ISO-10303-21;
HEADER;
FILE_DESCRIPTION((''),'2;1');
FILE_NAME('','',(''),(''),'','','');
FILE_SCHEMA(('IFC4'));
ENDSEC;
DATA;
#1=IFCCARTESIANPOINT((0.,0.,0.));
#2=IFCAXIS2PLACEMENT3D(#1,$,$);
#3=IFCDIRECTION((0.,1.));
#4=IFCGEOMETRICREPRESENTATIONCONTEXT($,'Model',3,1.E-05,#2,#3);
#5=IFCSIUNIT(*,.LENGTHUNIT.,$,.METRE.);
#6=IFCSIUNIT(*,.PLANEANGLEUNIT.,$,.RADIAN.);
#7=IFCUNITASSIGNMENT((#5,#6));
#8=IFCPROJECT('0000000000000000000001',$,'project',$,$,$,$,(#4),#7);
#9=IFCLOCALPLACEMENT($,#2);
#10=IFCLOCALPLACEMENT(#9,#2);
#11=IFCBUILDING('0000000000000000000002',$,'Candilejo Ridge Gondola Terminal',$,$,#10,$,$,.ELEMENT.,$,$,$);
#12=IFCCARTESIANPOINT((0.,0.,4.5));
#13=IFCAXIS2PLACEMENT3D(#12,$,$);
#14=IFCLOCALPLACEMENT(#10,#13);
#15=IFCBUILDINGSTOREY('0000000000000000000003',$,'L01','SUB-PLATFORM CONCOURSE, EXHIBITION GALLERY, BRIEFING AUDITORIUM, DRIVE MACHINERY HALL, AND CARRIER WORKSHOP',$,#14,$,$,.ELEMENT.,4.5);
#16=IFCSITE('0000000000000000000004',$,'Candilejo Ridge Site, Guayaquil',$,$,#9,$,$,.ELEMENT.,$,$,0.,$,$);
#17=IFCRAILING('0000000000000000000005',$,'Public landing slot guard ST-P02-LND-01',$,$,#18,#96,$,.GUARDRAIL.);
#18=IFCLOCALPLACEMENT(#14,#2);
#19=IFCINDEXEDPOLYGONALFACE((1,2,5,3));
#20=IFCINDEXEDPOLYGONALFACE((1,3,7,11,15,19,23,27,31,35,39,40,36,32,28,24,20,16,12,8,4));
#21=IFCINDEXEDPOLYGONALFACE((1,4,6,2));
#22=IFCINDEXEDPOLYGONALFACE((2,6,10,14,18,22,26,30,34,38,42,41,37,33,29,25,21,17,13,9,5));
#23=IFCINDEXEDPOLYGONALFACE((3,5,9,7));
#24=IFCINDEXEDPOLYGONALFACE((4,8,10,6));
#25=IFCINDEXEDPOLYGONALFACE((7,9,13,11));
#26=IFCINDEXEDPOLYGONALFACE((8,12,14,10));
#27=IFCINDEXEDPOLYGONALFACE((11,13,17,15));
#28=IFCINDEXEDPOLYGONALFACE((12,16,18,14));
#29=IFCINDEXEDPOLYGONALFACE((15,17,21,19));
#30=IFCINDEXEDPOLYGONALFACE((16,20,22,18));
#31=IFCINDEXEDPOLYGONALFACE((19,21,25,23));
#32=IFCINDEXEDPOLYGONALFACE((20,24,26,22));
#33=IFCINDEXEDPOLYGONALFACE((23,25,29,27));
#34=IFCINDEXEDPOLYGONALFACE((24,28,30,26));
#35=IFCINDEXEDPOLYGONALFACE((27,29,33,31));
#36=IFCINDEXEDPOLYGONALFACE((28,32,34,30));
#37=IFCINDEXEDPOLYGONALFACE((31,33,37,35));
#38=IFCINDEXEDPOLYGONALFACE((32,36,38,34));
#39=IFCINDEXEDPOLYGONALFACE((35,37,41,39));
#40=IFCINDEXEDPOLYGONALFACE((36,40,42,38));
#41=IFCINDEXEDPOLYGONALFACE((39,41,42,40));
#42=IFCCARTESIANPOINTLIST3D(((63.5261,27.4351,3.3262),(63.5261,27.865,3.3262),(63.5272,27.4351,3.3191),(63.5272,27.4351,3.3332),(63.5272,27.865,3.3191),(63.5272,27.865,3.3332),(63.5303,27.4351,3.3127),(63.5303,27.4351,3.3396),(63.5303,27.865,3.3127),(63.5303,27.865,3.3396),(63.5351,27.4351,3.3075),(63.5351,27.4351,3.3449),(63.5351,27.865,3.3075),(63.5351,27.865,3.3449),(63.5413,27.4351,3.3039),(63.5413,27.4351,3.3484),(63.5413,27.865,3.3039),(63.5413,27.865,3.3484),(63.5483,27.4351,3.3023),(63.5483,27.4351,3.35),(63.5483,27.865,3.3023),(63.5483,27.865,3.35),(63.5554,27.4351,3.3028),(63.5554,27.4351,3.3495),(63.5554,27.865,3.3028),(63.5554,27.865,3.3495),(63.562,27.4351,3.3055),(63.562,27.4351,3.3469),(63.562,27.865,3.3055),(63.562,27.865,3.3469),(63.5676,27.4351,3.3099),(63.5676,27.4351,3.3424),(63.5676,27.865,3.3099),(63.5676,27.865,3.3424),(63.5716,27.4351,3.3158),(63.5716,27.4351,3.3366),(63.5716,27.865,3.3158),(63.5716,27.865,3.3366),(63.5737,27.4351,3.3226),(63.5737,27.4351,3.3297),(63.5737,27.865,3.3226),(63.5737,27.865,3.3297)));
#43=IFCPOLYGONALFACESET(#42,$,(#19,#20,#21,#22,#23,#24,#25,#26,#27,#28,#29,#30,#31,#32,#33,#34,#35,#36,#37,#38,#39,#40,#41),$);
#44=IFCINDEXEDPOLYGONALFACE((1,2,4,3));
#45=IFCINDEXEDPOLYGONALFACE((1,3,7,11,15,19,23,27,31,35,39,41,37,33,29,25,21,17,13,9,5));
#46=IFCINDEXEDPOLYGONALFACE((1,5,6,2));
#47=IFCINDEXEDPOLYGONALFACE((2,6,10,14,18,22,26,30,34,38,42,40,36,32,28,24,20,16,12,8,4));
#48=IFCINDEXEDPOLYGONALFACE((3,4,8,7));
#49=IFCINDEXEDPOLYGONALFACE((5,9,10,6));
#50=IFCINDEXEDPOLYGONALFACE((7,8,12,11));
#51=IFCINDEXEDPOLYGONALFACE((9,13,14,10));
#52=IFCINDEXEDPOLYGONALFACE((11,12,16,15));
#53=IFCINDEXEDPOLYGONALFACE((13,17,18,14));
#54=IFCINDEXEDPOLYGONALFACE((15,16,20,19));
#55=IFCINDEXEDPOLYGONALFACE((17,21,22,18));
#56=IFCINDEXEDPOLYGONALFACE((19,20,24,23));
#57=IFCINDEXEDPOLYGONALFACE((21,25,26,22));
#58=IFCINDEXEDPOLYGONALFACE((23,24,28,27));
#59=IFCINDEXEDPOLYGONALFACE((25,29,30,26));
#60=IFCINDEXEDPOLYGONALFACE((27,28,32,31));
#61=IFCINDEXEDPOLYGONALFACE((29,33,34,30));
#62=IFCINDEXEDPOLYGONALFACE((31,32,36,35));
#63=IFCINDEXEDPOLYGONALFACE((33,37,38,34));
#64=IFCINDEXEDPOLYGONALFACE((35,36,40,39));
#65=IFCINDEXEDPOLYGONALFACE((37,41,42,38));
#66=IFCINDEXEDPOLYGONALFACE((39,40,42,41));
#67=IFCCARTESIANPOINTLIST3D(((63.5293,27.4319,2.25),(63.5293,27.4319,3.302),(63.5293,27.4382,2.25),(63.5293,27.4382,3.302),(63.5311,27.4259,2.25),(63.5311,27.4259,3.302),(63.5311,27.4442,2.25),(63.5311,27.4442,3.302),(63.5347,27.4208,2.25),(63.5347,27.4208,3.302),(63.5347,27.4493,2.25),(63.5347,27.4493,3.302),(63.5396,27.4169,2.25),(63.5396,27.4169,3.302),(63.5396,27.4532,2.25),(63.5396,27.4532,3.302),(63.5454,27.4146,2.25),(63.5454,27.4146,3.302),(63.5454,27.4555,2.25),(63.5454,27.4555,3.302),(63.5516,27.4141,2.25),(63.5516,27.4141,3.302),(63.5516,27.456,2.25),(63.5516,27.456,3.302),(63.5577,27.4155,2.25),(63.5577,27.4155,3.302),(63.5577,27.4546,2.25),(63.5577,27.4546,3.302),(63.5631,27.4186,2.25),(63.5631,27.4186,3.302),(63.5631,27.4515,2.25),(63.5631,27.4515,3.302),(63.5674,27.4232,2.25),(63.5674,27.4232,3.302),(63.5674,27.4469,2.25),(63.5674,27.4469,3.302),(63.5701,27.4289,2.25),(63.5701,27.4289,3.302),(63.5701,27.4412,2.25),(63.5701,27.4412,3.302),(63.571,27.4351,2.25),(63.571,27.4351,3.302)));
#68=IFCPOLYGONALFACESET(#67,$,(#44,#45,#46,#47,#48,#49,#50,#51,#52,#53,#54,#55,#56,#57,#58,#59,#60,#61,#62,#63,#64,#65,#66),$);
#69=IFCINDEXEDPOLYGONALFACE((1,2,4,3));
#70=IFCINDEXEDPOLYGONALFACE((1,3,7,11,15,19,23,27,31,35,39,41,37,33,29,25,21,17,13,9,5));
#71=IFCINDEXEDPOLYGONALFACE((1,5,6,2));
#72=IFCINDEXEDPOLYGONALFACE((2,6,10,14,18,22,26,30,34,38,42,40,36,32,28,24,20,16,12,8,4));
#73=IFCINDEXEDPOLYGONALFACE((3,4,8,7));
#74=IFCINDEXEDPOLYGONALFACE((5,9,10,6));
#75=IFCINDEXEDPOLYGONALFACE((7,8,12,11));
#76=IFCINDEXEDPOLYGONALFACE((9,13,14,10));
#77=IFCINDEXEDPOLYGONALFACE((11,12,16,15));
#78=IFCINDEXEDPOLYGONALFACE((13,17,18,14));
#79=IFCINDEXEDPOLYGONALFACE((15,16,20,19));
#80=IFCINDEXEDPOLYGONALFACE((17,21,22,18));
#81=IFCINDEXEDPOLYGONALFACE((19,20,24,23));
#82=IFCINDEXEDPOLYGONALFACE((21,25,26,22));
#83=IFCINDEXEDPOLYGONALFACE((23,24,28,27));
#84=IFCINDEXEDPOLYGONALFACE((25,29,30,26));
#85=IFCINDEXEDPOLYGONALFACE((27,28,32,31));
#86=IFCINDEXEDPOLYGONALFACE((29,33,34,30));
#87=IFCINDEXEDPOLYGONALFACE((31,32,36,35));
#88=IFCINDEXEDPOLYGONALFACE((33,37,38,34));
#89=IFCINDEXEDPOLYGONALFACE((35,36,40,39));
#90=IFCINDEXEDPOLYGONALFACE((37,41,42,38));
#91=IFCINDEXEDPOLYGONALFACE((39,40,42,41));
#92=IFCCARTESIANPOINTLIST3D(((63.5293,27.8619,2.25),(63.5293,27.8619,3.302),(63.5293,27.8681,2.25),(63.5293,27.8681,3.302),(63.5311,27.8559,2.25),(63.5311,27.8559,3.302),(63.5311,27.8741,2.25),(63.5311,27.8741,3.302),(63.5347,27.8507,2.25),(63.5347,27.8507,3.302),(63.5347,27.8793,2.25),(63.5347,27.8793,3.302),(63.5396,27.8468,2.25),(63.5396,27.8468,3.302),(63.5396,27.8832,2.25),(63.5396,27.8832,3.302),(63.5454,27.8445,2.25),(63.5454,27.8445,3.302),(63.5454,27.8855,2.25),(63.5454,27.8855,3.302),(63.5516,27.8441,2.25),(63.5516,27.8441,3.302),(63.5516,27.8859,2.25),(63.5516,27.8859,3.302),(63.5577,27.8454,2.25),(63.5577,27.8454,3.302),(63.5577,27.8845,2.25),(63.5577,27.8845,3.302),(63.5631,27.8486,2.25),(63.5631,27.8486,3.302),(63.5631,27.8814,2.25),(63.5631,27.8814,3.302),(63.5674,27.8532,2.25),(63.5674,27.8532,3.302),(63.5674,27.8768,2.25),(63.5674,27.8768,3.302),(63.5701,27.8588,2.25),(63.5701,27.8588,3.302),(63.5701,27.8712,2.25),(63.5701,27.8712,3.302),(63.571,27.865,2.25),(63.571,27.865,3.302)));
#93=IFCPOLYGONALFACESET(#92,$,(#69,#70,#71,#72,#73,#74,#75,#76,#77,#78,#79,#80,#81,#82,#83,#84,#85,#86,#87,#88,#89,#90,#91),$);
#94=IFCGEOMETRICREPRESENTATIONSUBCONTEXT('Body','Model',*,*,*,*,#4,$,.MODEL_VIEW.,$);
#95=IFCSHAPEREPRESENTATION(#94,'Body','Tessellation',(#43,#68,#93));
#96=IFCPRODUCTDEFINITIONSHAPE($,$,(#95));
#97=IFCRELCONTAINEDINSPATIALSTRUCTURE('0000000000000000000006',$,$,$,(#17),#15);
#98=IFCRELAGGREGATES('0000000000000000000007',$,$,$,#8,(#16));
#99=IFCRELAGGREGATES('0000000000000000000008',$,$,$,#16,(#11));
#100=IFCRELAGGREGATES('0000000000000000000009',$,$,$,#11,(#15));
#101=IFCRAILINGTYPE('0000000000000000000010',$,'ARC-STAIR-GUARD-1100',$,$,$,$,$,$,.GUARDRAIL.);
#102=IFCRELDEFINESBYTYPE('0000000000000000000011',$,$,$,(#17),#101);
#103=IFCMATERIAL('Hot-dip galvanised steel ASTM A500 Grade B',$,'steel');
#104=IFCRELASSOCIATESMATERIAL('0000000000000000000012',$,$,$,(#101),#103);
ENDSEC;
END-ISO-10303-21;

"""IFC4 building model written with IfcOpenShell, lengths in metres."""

from ifc_helpers import new_model, si_unit, direction, frame, origin, origin_2d, place, context, subcontext, project, spatial, circle, extrude, material, type_object, element, save


model = new_model("IFC4")

# Units and contexts
model_context = context("Model", 3, precision=1e-05, world=origin(), true_north=direction((0.0, 1.0)))
body_context = subcontext(model_context, "Body", "Model", "MODEL_VIEW")
ifc_project = project(units=[si_unit("LENGTHUNIT", "METRE"), si_unit("PLANEANGLEUNIT", "RADIAN")], contexts=[model_context])

# Site, building, storey
site_placement = place(None, origin())
site = spatial("IfcSite", under=ifc_project, at=site_placement, Name="Candilejo Ridge Site, Guayaquil", CompositionType="ELEMENT", RefElevation=0.0)
building_placement = place(site_placement, origin())
building = spatial("IfcBuilding", under=site, at=building_placement, Name="Candilejo Ridge Gondola Terminal", CompositionType="ELEMENT")
storey_placement = place(building_placement, frame((0.0, 0.0, 4.5)))
storey = spatial("IfcBuildingStorey", under=building, at=storey_placement, Name="L01", Description="SUB-PLATFORM CONCOURSE, EXHIBITION GALLERY, BRIEFING AUDITORIUM, DRIVE MACHINERY HALL, AND CARRIER WORKSHOP", CompositionType="ELEMENT", Elevation=4.5)

# Railing
ifc_material_1 = material(Name="Hot-dip galvanised steel ASTM A500 Grade B", Category="steel")
railing_type = type_object("IfcRailingType", Name="ARC-STAIR-GUARD-1100", PredefinedType="GUARDRAIL", material=ifc_material_1)
railing_1_placement = place(storey_placement, frame((63.55, 27.4351, 2.25)))
element("IfcRailing", 1, at=railing_1_placement, inside=storey, type_object=railing_type, Name="Public landing slot guard ST-P02-LND-01", PredefinedType="GUARDRAIL", context=body_context, shape_type="SweptSolid", body=[
    extrude(circle(Radius=0.0239, at=origin_2d()), frame((0.0, 0.0, 1.0762), z_axis=(0.0, 1.0, 0.0), x_axis=(-1.0, 0.0, 0.0)), (0.0, 0.0, 1.0), 0.4299),
    extrude(circle(Radius=0.021, at=origin_2d()), origin(), (0.0, 0.0, 1.0), 1.052),
    extrude(circle(Radius=0.021, at=origin_2d()), frame((0.0, 0.4299, 0.0)), (0.0, 0.0, 1.0), 1.052),
])

save(model, "model.ifc")
